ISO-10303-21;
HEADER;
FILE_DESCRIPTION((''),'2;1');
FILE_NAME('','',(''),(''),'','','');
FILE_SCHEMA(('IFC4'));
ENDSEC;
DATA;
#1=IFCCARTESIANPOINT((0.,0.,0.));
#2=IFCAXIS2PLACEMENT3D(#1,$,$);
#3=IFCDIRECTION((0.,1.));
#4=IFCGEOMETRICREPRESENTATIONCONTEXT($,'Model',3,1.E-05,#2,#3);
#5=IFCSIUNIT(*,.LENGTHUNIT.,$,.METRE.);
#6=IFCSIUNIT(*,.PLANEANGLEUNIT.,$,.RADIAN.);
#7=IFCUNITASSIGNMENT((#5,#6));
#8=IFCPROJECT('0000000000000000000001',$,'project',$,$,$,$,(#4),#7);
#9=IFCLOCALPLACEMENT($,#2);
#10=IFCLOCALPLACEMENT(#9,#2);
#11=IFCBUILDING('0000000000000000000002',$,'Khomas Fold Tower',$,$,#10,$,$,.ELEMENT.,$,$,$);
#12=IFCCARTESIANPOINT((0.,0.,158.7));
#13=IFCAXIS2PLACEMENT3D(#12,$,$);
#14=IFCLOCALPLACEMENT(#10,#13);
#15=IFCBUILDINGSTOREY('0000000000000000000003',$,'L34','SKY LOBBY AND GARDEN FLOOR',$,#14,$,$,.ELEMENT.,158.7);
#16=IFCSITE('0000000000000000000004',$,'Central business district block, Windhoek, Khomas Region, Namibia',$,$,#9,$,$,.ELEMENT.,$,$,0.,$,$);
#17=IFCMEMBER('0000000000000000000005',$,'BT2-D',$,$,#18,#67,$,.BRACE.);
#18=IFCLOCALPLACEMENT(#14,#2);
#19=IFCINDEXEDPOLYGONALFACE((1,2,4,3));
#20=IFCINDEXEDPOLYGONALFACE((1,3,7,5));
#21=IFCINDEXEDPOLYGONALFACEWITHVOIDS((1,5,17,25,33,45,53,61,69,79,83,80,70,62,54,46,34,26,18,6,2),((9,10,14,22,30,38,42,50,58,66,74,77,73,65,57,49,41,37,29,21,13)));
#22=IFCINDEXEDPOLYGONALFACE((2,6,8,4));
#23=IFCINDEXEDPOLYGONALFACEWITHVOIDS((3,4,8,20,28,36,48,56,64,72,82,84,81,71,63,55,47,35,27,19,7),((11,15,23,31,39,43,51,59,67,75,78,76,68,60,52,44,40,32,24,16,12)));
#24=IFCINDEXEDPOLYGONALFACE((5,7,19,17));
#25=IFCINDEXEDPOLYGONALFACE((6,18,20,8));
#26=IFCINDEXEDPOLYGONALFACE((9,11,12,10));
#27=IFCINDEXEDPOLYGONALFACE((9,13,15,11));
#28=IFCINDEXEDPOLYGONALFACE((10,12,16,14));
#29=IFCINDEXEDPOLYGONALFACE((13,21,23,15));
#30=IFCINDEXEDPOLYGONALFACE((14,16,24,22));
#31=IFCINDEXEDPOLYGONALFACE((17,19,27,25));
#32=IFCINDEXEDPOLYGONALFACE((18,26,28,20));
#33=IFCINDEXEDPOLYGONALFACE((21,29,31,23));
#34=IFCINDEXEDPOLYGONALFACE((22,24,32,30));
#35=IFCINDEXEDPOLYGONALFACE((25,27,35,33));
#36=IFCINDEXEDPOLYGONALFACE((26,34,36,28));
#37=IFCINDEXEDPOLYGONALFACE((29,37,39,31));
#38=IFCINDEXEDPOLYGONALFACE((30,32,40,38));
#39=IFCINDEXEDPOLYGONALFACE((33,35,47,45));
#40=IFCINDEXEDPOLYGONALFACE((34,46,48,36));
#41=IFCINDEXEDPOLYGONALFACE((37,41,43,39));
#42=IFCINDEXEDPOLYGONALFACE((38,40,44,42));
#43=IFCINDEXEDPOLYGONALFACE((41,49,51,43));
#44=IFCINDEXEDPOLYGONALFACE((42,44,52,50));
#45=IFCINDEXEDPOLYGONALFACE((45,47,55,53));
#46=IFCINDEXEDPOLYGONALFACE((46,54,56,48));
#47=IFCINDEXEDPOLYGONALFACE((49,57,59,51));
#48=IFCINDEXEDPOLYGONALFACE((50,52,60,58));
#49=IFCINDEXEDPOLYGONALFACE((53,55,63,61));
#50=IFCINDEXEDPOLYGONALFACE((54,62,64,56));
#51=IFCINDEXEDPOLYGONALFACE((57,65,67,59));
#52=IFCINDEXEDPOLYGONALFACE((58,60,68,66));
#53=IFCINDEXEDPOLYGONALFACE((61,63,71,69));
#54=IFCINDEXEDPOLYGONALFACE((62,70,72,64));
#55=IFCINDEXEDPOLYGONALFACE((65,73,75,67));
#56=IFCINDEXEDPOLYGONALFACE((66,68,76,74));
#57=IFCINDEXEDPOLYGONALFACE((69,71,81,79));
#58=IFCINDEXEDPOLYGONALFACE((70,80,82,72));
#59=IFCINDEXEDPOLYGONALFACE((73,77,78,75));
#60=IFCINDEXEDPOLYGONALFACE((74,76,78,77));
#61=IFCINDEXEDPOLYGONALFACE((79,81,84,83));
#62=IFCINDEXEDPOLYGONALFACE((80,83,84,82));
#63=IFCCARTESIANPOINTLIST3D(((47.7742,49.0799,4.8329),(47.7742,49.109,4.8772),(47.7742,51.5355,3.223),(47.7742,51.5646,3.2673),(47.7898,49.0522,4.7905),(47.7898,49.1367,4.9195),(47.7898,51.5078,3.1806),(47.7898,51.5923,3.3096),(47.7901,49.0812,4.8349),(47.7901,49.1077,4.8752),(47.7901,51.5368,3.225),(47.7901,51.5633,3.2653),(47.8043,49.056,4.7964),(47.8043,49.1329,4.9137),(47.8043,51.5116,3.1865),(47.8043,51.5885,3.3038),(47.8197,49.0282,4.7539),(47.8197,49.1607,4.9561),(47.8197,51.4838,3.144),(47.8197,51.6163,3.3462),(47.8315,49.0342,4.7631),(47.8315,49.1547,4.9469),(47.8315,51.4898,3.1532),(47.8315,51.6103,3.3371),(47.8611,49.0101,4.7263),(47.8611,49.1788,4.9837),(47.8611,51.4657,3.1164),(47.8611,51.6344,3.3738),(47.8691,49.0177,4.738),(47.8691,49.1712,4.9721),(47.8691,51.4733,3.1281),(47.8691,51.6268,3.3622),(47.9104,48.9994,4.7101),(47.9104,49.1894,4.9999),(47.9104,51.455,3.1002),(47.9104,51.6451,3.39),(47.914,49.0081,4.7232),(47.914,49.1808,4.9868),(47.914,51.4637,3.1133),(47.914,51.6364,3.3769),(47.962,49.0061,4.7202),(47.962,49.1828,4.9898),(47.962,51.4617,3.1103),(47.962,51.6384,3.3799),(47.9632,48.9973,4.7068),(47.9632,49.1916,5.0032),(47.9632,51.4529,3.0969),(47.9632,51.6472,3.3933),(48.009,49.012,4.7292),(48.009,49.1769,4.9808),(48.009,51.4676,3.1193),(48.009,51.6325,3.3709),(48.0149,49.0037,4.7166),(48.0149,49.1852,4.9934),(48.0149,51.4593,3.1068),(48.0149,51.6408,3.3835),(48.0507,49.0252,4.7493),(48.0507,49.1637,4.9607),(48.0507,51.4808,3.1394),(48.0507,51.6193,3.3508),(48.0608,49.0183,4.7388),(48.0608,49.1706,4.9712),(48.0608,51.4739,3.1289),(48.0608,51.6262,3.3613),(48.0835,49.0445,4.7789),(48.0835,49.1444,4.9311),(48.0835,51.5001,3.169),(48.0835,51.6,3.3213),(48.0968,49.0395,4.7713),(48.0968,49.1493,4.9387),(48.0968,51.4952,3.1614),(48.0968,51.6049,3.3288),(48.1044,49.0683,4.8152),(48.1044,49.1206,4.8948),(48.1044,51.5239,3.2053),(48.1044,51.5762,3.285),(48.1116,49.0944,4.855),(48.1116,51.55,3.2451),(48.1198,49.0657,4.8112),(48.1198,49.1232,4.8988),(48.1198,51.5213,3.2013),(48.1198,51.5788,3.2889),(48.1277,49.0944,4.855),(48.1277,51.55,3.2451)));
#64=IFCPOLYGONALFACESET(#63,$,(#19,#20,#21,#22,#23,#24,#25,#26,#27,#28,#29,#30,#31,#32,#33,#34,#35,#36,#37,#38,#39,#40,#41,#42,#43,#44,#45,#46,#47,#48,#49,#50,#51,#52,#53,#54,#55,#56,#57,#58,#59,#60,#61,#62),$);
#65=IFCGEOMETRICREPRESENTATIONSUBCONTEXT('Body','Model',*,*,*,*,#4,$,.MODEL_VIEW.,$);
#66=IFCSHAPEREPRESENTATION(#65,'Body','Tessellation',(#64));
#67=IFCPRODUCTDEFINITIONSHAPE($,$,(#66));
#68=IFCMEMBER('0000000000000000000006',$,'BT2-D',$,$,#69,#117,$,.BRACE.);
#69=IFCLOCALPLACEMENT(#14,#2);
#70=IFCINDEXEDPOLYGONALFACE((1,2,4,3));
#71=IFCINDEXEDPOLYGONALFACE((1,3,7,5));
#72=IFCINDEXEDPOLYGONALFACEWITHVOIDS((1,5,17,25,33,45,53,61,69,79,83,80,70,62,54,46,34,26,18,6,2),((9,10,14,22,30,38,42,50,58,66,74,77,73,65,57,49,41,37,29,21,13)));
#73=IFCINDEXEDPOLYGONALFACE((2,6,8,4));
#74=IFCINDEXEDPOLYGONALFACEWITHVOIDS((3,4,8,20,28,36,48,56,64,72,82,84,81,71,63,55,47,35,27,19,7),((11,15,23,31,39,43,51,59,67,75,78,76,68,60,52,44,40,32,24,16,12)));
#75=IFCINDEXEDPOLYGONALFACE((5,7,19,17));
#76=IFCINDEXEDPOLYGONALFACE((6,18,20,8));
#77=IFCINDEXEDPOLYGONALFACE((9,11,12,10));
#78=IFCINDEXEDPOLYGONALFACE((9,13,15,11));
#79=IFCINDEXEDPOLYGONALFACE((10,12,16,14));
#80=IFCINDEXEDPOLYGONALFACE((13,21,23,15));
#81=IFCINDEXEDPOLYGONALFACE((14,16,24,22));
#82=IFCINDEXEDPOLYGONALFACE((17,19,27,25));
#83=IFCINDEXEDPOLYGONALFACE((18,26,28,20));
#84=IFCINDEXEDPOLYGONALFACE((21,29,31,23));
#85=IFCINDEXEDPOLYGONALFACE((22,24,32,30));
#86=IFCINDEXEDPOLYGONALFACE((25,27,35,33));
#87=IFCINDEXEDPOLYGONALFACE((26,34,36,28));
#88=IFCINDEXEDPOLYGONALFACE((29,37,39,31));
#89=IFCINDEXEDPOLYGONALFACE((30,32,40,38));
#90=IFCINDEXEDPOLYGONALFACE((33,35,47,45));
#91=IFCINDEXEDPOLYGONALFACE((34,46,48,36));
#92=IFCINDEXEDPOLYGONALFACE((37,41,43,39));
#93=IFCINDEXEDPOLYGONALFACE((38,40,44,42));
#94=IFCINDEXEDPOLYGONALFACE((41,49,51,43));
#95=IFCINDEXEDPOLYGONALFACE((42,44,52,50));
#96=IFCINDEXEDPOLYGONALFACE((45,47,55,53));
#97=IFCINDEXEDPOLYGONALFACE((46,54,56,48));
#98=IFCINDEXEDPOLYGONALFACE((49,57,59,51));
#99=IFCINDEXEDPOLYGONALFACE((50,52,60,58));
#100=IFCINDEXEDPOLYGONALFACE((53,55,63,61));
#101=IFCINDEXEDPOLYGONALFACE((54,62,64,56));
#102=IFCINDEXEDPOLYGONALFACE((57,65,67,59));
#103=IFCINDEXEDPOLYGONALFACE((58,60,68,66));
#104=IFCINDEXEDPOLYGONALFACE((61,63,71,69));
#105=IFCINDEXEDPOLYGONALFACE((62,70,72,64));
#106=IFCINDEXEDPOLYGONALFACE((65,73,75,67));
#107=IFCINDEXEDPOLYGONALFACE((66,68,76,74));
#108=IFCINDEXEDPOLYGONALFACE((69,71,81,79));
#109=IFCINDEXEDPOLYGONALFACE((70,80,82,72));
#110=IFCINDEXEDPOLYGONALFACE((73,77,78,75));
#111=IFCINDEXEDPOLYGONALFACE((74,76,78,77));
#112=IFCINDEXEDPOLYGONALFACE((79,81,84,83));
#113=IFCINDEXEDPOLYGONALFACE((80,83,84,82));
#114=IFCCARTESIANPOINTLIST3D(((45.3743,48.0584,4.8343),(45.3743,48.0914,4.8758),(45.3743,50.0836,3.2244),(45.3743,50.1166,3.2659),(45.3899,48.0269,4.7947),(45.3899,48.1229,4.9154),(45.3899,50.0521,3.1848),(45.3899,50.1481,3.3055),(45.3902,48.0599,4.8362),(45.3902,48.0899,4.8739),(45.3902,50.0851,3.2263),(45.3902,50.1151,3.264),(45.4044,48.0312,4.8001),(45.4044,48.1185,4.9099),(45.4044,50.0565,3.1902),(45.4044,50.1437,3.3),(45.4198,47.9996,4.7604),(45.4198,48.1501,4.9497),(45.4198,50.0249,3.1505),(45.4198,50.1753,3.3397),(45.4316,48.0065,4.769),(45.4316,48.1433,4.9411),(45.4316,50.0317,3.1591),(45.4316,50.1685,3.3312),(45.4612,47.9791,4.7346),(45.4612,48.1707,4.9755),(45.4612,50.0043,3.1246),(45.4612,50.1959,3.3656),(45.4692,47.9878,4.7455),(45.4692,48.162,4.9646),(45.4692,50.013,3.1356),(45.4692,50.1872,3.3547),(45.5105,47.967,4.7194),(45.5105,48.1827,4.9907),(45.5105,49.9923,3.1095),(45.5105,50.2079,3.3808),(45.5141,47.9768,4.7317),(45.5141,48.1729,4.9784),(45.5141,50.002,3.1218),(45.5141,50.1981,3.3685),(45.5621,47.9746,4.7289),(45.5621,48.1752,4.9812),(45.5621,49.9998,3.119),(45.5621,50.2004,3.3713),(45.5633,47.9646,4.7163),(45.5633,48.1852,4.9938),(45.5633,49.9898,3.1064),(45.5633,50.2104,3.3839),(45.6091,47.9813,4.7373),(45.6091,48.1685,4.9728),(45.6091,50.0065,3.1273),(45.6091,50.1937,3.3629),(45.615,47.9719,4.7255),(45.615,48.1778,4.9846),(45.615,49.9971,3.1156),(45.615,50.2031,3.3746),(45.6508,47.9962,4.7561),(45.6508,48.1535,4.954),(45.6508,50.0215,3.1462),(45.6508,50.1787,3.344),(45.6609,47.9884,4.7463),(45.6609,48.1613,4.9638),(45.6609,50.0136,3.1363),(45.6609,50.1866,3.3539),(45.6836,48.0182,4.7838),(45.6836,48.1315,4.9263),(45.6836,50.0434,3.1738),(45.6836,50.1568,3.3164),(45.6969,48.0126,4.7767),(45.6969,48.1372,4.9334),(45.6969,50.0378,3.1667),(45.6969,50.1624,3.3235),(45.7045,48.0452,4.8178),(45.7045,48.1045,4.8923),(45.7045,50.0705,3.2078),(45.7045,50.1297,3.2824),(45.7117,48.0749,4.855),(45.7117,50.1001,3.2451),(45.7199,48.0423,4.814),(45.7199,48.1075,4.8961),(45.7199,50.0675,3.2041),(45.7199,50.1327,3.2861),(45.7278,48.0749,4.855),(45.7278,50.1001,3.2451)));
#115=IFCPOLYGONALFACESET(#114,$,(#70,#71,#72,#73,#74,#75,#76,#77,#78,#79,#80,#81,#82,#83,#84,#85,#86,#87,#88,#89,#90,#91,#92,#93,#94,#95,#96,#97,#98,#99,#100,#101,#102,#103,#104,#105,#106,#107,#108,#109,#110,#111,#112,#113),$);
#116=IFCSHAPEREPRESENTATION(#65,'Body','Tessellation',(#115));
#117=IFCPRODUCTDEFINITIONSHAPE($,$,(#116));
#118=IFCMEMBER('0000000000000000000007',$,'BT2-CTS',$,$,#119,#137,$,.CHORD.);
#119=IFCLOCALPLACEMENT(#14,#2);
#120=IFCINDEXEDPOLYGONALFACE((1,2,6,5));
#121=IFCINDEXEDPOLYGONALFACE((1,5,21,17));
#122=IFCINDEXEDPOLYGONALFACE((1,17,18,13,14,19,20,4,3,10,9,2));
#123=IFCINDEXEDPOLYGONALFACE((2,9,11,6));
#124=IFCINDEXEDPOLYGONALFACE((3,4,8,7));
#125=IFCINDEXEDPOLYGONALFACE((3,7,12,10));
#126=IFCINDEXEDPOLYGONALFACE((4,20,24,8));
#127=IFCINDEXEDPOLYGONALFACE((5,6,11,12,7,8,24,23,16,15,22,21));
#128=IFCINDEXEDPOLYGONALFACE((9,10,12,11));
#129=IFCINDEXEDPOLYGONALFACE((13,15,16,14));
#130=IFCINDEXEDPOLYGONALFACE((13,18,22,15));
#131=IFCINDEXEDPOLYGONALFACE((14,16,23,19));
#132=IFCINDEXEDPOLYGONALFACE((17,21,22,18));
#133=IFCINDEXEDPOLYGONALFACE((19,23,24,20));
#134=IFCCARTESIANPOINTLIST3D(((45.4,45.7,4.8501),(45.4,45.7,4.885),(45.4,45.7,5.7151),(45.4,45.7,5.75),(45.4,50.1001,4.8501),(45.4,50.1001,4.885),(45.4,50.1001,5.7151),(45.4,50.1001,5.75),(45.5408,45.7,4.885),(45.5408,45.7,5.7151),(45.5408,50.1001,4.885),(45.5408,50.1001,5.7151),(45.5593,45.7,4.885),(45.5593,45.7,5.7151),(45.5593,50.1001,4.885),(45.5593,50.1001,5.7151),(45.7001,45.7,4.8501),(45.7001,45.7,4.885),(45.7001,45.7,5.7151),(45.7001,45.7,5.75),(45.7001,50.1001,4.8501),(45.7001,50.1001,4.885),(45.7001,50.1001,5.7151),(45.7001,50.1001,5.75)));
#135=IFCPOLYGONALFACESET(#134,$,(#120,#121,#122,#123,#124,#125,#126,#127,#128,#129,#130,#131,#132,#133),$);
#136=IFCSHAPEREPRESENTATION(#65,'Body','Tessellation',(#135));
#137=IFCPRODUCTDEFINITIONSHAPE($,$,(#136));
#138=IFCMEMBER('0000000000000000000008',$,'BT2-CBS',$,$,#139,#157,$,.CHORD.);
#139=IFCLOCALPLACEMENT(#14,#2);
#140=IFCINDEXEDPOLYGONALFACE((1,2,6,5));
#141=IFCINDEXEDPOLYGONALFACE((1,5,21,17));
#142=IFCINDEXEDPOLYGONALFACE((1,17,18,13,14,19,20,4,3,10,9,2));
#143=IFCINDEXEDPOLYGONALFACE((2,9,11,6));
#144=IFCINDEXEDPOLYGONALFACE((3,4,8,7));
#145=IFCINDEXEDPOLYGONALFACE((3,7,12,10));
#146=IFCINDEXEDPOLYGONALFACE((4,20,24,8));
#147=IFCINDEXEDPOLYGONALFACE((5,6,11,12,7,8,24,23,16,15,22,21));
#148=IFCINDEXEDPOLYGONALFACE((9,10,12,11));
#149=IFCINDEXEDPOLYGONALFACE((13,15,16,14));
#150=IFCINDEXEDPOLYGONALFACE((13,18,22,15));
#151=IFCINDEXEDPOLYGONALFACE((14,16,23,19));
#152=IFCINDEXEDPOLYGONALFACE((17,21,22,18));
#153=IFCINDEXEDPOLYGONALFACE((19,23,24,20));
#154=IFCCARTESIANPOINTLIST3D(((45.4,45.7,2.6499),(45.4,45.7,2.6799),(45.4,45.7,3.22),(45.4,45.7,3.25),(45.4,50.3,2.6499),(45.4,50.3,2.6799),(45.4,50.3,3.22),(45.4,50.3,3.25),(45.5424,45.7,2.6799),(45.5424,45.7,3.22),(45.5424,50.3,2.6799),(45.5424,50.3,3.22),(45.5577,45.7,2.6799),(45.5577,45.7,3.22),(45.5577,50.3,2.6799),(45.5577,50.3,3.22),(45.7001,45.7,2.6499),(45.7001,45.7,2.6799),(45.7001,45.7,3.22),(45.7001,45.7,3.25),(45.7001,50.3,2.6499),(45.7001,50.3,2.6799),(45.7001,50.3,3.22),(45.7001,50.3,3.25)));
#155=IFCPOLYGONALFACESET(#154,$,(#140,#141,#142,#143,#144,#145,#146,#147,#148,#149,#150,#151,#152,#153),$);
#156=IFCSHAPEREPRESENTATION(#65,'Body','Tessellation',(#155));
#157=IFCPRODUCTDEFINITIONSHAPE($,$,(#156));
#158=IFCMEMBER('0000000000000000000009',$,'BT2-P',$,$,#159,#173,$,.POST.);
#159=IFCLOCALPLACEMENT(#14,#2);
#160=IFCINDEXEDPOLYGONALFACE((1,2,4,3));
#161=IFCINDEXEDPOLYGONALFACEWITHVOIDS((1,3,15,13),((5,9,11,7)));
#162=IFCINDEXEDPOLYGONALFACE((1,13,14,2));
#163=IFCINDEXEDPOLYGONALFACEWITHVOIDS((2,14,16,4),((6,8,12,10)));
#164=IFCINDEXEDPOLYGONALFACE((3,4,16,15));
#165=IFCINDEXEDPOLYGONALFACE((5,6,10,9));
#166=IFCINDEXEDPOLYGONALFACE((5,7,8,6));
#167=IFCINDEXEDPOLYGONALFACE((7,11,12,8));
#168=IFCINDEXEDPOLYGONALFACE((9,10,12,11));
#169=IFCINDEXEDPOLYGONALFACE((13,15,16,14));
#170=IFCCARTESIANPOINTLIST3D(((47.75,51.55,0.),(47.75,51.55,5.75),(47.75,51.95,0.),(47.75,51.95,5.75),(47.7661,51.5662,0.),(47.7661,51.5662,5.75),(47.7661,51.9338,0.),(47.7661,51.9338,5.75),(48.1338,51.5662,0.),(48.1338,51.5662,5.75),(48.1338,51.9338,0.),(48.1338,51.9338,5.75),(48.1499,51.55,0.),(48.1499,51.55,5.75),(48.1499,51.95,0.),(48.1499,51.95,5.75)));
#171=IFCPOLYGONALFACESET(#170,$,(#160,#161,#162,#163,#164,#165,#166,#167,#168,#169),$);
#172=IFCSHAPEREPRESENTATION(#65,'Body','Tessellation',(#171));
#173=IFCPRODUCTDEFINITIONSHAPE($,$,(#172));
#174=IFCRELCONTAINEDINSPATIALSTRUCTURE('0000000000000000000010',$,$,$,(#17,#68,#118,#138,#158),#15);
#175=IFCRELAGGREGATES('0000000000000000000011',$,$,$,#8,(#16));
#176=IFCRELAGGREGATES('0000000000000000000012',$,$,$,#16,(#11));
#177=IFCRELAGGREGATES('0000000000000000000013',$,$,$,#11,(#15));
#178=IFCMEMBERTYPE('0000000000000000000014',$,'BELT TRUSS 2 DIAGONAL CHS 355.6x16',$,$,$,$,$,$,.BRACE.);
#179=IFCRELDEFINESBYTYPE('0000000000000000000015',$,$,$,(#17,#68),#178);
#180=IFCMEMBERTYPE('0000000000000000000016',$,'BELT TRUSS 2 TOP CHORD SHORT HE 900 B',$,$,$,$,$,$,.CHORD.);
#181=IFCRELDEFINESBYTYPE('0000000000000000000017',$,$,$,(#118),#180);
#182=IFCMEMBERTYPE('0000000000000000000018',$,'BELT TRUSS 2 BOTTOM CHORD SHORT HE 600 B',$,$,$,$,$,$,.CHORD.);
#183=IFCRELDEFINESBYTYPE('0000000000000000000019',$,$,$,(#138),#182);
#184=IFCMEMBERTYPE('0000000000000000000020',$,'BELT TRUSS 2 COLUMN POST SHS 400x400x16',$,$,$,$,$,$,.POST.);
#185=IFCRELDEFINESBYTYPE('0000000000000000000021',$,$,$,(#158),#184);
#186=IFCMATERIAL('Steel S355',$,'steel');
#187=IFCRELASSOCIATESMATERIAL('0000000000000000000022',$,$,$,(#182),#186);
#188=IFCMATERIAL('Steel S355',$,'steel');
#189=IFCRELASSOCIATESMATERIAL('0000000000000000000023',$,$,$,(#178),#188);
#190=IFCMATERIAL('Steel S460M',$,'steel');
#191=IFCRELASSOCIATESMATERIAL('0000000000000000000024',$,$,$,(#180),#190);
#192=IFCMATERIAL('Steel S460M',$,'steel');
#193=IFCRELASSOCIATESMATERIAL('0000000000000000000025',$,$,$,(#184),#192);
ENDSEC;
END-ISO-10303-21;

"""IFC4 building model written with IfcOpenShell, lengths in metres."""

from ifc_helpers import new_model, si_unit, direction, frame, origin, origin_2d, place, context, subcontext, project, spatial, hollow_rectangle, hollow_circle, i_section, extrude, source, transform, mapped, material, material_profile, profile_set, type_object, element, save


model = new_model("IFC4")

# Units and contexts
model_context = context("Model", 3, precision=1e-05, world=origin(), true_north=direction((0.0, 1.0)))
body_context = subcontext(model_context, "Body", "Model", "MODEL_VIEW")
ifc_project = project(units=[si_unit("LENGTHUNIT", "METRE"), si_unit("PLANEANGLEUNIT", "RADIAN")], contexts=[model_context])

# Site, building, storey
site_placement = place(None, origin())
site = spatial("IfcSite", under=ifc_project, at=site_placement, Name="Central business district block, Windhoek, Khomas Region, Namibia", CompositionType="ELEMENT", RefElevation=0.0)
building_placement = place(site_placement, origin())
building = spatial("IfcBuilding", under=site, at=building_placement, Name="Khomas Fold Tower", CompositionType="ELEMENT")
storey_placement = place(building_placement, frame((0.0, 0.0, 158.7)))
storey = spatial("IfcBuildingStorey", under=building, at=storey_placement, Name="L34", Description="SKY LOBBY AND GARDEN FLOOR", CompositionType="ELEMENT", Elevation=158.7)

# Members
ifc_material_1 = material(Name="Steel S355", Category="steel")
ifc_material_profile_1 = material_profile(ifc_material_1, i_section(OverallWidth=0.3, OverallDepth=0.6001, WebThickness=0.0154, FlangeThickness=0.03, at=origin_2d()), Name="HE 600 B")
ifc_profile_set_1 = profile_set([ifc_material_profile_1], Name="Steel S355")
member_type_1 = type_object("IfcMemberType", Name="BELT TRUSS 2 BOTTOM CHORD SHORT HE 600 B", PredefinedType="CHORD", material=ifc_profile_set_1)
ifc_material_2 = material(Name="Steel S355", Category="steel")
ifc_material_profile_2 = material_profile(ifc_material_2, hollow_circle(Radius=0.1777, WallThickness=0.0161, at=origin_2d()), Name="CHS 355.6x16")
ifc_profile_set_2 = profile_set([ifc_material_profile_2], Name="Steel S355")
member_type_2 = type_object("IfcMemberType", Name="BELT TRUSS 2 DIAGONAL CHS 355.6x16", PredefinedType="BRACE", material=ifc_profile_set_2)
shared_shape_1 = source(origin(), body_context, "Body", "SweptSolid", [
    extrude(hollow_circle(Radius=0.1777, WallThickness=0.0161, at=origin_2d()), origin(), (0.0, 0.0, 1.0), 2.9363),
])
member_1_placement = place(storey_placement, frame((47.95, 51.55, 3.2451), z_axis=(0.0, -0.836298, 0.548275), x_axis=(1.0, 0.0, 0.0)))
element("IfcMember", 1, at=member_1_placement, inside=storey, type_object=member_type_2, Name="BT2-D", PredefinedType="BRACE", context=body_context, shape_type="MappedRepresentation", body=[
    mapped(shared_shape_1, transform((0.0, 0.0, 0.0))),
])
shared_shape_2 = source(origin(), body_context, "Body", "SweptSolid", [
    extrude(hollow_circle(Radius=0.1777, WallThickness=0.0161, at=origin_2d()), origin(), (0.0, 0.0, 1.0), 2.5872),
])
member_2_placement = place(storey_placement, frame((45.55, 50.1001, 3.2451), z_axis=(0.0, -0.782799, 0.622275), x_axis=(1.0, 0.0, 0.0)))
element("IfcMember", 2, at=member_2_placement, inside=storey, type_object=member_type_2, Name="BT2-D", PredefinedType="BRACE", context=body_context, shape_type="MappedRepresentation", body=[
    mapped(shared_shape_2, transform((0.0, 0.0, 0.0))),
])
ifc_material_3 = material(Name="Steel S460M", Category="steel")
ifc_material_profile_3 = material_profile(ifc_material_3, i_section(OverallWidth=0.3, OverallDepth=0.8999, WebThickness=0.0186, FlangeThickness=0.0349, at=origin_2d()), Name="HE 900 B")
ifc_profile_set_3 = profile_set([ifc_material_profile_3], Name="Steel S460M")
member_type_3 = type_object("IfcMemberType", Name="BELT TRUSS 2 TOP CHORD SHORT HE 900 B", PredefinedType="CHORD", material=ifc_profile_set_3)
shared_shape_3 = source(origin(), body_context, "Body", "SweptSolid", [
    extrude(i_section(OverallWidth=0.3, OverallDepth=0.8999, WebThickness=0.0186, FlangeThickness=0.0349, at=origin_2d()), origin(), (0.0, 0.0, 1.0), 4.4001),
])
member_3_placement = place(storey_placement, frame((45.55, 50.1001, 5.3), z_axis=(0.0, -1.0, 0.0), x_axis=(1.0, 0.0, 0.0)))
element("IfcMember", 3, at=member_3_placement, inside=storey, type_object=member_type_3, Name="BT2-CTS", PredefinedType="CHORD", context=body_context, shape_type="MappedRepresentation", body=[
    mapped(shared_shape_3, transform((0.0, 0.0, 0.0))),
])
shared_shape_4 = source(origin(), body_context, "Body", "SweptSolid", [
    extrude(i_section(OverallWidth=0.3, OverallDepth=0.6001, WebThickness=0.0154, FlangeThickness=0.03, at=origin_2d()), origin(), (0.0, 0.0, 1.0), 4.6001),
])
member_4_placement = place(storey_placement, frame((45.55, 50.3, 2.95), z_axis=(0.0, -1.0, 0.0), x_axis=(1.0, 0.0, 0.0)))
element("IfcMember", 4, at=member_4_placement, inside=storey, type_object=member_type_1, Name="BT2-CBS", PredefinedType="CHORD", context=body_context, shape_type="MappedRepresentation", body=[
    mapped(shared_shape_4, transform((0.0, 0.0, 0.0))),
])
ifc_material_4 = material(Name="Steel S460M", Category="steel")
ifc_material_profile_4 = material_profile(ifc_material_4, hollow_rectangle(XDim=0.3999, YDim=0.3999, WallThickness=0.0161, at=origin_2d()), Name="SHS 400x400x16")
ifc_profile_set_4 = profile_set([ifc_material_profile_4], Name="Steel S460M")
member_type_4 = type_object("IfcMemberType", Name="BELT TRUSS 2 COLUMN POST SHS 400x400x16", PredefinedType="POST", material=ifc_profile_set_4)
shared_shape_5 = source(origin(), body_context, "Body", "SweptSolid", [
    extrude(hollow_rectangle(XDim=0.3999, YDim=0.3999, WallThickness=0.0161, at=origin_2d()), origin(), (0.0, 0.0, 1.0), 5.75),
])
member_5_placement = place(storey_placement, frame((47.95, 51.75, 0.0), z_axis=(0.0, 0.0, 1.0), x_axis=(1.0, 0.0, 0.0)))
element("IfcMember", 5, at=member_5_placement, inside=storey, type_object=member_type_4, Name="BT2-P", PredefinedType="POST", context=body_context, shape_type="MappedRepresentation", body=[
    mapped(shared_shape_5, transform((0.0, 0.0, 0.0))),
])

save(model, "model.ifc")
